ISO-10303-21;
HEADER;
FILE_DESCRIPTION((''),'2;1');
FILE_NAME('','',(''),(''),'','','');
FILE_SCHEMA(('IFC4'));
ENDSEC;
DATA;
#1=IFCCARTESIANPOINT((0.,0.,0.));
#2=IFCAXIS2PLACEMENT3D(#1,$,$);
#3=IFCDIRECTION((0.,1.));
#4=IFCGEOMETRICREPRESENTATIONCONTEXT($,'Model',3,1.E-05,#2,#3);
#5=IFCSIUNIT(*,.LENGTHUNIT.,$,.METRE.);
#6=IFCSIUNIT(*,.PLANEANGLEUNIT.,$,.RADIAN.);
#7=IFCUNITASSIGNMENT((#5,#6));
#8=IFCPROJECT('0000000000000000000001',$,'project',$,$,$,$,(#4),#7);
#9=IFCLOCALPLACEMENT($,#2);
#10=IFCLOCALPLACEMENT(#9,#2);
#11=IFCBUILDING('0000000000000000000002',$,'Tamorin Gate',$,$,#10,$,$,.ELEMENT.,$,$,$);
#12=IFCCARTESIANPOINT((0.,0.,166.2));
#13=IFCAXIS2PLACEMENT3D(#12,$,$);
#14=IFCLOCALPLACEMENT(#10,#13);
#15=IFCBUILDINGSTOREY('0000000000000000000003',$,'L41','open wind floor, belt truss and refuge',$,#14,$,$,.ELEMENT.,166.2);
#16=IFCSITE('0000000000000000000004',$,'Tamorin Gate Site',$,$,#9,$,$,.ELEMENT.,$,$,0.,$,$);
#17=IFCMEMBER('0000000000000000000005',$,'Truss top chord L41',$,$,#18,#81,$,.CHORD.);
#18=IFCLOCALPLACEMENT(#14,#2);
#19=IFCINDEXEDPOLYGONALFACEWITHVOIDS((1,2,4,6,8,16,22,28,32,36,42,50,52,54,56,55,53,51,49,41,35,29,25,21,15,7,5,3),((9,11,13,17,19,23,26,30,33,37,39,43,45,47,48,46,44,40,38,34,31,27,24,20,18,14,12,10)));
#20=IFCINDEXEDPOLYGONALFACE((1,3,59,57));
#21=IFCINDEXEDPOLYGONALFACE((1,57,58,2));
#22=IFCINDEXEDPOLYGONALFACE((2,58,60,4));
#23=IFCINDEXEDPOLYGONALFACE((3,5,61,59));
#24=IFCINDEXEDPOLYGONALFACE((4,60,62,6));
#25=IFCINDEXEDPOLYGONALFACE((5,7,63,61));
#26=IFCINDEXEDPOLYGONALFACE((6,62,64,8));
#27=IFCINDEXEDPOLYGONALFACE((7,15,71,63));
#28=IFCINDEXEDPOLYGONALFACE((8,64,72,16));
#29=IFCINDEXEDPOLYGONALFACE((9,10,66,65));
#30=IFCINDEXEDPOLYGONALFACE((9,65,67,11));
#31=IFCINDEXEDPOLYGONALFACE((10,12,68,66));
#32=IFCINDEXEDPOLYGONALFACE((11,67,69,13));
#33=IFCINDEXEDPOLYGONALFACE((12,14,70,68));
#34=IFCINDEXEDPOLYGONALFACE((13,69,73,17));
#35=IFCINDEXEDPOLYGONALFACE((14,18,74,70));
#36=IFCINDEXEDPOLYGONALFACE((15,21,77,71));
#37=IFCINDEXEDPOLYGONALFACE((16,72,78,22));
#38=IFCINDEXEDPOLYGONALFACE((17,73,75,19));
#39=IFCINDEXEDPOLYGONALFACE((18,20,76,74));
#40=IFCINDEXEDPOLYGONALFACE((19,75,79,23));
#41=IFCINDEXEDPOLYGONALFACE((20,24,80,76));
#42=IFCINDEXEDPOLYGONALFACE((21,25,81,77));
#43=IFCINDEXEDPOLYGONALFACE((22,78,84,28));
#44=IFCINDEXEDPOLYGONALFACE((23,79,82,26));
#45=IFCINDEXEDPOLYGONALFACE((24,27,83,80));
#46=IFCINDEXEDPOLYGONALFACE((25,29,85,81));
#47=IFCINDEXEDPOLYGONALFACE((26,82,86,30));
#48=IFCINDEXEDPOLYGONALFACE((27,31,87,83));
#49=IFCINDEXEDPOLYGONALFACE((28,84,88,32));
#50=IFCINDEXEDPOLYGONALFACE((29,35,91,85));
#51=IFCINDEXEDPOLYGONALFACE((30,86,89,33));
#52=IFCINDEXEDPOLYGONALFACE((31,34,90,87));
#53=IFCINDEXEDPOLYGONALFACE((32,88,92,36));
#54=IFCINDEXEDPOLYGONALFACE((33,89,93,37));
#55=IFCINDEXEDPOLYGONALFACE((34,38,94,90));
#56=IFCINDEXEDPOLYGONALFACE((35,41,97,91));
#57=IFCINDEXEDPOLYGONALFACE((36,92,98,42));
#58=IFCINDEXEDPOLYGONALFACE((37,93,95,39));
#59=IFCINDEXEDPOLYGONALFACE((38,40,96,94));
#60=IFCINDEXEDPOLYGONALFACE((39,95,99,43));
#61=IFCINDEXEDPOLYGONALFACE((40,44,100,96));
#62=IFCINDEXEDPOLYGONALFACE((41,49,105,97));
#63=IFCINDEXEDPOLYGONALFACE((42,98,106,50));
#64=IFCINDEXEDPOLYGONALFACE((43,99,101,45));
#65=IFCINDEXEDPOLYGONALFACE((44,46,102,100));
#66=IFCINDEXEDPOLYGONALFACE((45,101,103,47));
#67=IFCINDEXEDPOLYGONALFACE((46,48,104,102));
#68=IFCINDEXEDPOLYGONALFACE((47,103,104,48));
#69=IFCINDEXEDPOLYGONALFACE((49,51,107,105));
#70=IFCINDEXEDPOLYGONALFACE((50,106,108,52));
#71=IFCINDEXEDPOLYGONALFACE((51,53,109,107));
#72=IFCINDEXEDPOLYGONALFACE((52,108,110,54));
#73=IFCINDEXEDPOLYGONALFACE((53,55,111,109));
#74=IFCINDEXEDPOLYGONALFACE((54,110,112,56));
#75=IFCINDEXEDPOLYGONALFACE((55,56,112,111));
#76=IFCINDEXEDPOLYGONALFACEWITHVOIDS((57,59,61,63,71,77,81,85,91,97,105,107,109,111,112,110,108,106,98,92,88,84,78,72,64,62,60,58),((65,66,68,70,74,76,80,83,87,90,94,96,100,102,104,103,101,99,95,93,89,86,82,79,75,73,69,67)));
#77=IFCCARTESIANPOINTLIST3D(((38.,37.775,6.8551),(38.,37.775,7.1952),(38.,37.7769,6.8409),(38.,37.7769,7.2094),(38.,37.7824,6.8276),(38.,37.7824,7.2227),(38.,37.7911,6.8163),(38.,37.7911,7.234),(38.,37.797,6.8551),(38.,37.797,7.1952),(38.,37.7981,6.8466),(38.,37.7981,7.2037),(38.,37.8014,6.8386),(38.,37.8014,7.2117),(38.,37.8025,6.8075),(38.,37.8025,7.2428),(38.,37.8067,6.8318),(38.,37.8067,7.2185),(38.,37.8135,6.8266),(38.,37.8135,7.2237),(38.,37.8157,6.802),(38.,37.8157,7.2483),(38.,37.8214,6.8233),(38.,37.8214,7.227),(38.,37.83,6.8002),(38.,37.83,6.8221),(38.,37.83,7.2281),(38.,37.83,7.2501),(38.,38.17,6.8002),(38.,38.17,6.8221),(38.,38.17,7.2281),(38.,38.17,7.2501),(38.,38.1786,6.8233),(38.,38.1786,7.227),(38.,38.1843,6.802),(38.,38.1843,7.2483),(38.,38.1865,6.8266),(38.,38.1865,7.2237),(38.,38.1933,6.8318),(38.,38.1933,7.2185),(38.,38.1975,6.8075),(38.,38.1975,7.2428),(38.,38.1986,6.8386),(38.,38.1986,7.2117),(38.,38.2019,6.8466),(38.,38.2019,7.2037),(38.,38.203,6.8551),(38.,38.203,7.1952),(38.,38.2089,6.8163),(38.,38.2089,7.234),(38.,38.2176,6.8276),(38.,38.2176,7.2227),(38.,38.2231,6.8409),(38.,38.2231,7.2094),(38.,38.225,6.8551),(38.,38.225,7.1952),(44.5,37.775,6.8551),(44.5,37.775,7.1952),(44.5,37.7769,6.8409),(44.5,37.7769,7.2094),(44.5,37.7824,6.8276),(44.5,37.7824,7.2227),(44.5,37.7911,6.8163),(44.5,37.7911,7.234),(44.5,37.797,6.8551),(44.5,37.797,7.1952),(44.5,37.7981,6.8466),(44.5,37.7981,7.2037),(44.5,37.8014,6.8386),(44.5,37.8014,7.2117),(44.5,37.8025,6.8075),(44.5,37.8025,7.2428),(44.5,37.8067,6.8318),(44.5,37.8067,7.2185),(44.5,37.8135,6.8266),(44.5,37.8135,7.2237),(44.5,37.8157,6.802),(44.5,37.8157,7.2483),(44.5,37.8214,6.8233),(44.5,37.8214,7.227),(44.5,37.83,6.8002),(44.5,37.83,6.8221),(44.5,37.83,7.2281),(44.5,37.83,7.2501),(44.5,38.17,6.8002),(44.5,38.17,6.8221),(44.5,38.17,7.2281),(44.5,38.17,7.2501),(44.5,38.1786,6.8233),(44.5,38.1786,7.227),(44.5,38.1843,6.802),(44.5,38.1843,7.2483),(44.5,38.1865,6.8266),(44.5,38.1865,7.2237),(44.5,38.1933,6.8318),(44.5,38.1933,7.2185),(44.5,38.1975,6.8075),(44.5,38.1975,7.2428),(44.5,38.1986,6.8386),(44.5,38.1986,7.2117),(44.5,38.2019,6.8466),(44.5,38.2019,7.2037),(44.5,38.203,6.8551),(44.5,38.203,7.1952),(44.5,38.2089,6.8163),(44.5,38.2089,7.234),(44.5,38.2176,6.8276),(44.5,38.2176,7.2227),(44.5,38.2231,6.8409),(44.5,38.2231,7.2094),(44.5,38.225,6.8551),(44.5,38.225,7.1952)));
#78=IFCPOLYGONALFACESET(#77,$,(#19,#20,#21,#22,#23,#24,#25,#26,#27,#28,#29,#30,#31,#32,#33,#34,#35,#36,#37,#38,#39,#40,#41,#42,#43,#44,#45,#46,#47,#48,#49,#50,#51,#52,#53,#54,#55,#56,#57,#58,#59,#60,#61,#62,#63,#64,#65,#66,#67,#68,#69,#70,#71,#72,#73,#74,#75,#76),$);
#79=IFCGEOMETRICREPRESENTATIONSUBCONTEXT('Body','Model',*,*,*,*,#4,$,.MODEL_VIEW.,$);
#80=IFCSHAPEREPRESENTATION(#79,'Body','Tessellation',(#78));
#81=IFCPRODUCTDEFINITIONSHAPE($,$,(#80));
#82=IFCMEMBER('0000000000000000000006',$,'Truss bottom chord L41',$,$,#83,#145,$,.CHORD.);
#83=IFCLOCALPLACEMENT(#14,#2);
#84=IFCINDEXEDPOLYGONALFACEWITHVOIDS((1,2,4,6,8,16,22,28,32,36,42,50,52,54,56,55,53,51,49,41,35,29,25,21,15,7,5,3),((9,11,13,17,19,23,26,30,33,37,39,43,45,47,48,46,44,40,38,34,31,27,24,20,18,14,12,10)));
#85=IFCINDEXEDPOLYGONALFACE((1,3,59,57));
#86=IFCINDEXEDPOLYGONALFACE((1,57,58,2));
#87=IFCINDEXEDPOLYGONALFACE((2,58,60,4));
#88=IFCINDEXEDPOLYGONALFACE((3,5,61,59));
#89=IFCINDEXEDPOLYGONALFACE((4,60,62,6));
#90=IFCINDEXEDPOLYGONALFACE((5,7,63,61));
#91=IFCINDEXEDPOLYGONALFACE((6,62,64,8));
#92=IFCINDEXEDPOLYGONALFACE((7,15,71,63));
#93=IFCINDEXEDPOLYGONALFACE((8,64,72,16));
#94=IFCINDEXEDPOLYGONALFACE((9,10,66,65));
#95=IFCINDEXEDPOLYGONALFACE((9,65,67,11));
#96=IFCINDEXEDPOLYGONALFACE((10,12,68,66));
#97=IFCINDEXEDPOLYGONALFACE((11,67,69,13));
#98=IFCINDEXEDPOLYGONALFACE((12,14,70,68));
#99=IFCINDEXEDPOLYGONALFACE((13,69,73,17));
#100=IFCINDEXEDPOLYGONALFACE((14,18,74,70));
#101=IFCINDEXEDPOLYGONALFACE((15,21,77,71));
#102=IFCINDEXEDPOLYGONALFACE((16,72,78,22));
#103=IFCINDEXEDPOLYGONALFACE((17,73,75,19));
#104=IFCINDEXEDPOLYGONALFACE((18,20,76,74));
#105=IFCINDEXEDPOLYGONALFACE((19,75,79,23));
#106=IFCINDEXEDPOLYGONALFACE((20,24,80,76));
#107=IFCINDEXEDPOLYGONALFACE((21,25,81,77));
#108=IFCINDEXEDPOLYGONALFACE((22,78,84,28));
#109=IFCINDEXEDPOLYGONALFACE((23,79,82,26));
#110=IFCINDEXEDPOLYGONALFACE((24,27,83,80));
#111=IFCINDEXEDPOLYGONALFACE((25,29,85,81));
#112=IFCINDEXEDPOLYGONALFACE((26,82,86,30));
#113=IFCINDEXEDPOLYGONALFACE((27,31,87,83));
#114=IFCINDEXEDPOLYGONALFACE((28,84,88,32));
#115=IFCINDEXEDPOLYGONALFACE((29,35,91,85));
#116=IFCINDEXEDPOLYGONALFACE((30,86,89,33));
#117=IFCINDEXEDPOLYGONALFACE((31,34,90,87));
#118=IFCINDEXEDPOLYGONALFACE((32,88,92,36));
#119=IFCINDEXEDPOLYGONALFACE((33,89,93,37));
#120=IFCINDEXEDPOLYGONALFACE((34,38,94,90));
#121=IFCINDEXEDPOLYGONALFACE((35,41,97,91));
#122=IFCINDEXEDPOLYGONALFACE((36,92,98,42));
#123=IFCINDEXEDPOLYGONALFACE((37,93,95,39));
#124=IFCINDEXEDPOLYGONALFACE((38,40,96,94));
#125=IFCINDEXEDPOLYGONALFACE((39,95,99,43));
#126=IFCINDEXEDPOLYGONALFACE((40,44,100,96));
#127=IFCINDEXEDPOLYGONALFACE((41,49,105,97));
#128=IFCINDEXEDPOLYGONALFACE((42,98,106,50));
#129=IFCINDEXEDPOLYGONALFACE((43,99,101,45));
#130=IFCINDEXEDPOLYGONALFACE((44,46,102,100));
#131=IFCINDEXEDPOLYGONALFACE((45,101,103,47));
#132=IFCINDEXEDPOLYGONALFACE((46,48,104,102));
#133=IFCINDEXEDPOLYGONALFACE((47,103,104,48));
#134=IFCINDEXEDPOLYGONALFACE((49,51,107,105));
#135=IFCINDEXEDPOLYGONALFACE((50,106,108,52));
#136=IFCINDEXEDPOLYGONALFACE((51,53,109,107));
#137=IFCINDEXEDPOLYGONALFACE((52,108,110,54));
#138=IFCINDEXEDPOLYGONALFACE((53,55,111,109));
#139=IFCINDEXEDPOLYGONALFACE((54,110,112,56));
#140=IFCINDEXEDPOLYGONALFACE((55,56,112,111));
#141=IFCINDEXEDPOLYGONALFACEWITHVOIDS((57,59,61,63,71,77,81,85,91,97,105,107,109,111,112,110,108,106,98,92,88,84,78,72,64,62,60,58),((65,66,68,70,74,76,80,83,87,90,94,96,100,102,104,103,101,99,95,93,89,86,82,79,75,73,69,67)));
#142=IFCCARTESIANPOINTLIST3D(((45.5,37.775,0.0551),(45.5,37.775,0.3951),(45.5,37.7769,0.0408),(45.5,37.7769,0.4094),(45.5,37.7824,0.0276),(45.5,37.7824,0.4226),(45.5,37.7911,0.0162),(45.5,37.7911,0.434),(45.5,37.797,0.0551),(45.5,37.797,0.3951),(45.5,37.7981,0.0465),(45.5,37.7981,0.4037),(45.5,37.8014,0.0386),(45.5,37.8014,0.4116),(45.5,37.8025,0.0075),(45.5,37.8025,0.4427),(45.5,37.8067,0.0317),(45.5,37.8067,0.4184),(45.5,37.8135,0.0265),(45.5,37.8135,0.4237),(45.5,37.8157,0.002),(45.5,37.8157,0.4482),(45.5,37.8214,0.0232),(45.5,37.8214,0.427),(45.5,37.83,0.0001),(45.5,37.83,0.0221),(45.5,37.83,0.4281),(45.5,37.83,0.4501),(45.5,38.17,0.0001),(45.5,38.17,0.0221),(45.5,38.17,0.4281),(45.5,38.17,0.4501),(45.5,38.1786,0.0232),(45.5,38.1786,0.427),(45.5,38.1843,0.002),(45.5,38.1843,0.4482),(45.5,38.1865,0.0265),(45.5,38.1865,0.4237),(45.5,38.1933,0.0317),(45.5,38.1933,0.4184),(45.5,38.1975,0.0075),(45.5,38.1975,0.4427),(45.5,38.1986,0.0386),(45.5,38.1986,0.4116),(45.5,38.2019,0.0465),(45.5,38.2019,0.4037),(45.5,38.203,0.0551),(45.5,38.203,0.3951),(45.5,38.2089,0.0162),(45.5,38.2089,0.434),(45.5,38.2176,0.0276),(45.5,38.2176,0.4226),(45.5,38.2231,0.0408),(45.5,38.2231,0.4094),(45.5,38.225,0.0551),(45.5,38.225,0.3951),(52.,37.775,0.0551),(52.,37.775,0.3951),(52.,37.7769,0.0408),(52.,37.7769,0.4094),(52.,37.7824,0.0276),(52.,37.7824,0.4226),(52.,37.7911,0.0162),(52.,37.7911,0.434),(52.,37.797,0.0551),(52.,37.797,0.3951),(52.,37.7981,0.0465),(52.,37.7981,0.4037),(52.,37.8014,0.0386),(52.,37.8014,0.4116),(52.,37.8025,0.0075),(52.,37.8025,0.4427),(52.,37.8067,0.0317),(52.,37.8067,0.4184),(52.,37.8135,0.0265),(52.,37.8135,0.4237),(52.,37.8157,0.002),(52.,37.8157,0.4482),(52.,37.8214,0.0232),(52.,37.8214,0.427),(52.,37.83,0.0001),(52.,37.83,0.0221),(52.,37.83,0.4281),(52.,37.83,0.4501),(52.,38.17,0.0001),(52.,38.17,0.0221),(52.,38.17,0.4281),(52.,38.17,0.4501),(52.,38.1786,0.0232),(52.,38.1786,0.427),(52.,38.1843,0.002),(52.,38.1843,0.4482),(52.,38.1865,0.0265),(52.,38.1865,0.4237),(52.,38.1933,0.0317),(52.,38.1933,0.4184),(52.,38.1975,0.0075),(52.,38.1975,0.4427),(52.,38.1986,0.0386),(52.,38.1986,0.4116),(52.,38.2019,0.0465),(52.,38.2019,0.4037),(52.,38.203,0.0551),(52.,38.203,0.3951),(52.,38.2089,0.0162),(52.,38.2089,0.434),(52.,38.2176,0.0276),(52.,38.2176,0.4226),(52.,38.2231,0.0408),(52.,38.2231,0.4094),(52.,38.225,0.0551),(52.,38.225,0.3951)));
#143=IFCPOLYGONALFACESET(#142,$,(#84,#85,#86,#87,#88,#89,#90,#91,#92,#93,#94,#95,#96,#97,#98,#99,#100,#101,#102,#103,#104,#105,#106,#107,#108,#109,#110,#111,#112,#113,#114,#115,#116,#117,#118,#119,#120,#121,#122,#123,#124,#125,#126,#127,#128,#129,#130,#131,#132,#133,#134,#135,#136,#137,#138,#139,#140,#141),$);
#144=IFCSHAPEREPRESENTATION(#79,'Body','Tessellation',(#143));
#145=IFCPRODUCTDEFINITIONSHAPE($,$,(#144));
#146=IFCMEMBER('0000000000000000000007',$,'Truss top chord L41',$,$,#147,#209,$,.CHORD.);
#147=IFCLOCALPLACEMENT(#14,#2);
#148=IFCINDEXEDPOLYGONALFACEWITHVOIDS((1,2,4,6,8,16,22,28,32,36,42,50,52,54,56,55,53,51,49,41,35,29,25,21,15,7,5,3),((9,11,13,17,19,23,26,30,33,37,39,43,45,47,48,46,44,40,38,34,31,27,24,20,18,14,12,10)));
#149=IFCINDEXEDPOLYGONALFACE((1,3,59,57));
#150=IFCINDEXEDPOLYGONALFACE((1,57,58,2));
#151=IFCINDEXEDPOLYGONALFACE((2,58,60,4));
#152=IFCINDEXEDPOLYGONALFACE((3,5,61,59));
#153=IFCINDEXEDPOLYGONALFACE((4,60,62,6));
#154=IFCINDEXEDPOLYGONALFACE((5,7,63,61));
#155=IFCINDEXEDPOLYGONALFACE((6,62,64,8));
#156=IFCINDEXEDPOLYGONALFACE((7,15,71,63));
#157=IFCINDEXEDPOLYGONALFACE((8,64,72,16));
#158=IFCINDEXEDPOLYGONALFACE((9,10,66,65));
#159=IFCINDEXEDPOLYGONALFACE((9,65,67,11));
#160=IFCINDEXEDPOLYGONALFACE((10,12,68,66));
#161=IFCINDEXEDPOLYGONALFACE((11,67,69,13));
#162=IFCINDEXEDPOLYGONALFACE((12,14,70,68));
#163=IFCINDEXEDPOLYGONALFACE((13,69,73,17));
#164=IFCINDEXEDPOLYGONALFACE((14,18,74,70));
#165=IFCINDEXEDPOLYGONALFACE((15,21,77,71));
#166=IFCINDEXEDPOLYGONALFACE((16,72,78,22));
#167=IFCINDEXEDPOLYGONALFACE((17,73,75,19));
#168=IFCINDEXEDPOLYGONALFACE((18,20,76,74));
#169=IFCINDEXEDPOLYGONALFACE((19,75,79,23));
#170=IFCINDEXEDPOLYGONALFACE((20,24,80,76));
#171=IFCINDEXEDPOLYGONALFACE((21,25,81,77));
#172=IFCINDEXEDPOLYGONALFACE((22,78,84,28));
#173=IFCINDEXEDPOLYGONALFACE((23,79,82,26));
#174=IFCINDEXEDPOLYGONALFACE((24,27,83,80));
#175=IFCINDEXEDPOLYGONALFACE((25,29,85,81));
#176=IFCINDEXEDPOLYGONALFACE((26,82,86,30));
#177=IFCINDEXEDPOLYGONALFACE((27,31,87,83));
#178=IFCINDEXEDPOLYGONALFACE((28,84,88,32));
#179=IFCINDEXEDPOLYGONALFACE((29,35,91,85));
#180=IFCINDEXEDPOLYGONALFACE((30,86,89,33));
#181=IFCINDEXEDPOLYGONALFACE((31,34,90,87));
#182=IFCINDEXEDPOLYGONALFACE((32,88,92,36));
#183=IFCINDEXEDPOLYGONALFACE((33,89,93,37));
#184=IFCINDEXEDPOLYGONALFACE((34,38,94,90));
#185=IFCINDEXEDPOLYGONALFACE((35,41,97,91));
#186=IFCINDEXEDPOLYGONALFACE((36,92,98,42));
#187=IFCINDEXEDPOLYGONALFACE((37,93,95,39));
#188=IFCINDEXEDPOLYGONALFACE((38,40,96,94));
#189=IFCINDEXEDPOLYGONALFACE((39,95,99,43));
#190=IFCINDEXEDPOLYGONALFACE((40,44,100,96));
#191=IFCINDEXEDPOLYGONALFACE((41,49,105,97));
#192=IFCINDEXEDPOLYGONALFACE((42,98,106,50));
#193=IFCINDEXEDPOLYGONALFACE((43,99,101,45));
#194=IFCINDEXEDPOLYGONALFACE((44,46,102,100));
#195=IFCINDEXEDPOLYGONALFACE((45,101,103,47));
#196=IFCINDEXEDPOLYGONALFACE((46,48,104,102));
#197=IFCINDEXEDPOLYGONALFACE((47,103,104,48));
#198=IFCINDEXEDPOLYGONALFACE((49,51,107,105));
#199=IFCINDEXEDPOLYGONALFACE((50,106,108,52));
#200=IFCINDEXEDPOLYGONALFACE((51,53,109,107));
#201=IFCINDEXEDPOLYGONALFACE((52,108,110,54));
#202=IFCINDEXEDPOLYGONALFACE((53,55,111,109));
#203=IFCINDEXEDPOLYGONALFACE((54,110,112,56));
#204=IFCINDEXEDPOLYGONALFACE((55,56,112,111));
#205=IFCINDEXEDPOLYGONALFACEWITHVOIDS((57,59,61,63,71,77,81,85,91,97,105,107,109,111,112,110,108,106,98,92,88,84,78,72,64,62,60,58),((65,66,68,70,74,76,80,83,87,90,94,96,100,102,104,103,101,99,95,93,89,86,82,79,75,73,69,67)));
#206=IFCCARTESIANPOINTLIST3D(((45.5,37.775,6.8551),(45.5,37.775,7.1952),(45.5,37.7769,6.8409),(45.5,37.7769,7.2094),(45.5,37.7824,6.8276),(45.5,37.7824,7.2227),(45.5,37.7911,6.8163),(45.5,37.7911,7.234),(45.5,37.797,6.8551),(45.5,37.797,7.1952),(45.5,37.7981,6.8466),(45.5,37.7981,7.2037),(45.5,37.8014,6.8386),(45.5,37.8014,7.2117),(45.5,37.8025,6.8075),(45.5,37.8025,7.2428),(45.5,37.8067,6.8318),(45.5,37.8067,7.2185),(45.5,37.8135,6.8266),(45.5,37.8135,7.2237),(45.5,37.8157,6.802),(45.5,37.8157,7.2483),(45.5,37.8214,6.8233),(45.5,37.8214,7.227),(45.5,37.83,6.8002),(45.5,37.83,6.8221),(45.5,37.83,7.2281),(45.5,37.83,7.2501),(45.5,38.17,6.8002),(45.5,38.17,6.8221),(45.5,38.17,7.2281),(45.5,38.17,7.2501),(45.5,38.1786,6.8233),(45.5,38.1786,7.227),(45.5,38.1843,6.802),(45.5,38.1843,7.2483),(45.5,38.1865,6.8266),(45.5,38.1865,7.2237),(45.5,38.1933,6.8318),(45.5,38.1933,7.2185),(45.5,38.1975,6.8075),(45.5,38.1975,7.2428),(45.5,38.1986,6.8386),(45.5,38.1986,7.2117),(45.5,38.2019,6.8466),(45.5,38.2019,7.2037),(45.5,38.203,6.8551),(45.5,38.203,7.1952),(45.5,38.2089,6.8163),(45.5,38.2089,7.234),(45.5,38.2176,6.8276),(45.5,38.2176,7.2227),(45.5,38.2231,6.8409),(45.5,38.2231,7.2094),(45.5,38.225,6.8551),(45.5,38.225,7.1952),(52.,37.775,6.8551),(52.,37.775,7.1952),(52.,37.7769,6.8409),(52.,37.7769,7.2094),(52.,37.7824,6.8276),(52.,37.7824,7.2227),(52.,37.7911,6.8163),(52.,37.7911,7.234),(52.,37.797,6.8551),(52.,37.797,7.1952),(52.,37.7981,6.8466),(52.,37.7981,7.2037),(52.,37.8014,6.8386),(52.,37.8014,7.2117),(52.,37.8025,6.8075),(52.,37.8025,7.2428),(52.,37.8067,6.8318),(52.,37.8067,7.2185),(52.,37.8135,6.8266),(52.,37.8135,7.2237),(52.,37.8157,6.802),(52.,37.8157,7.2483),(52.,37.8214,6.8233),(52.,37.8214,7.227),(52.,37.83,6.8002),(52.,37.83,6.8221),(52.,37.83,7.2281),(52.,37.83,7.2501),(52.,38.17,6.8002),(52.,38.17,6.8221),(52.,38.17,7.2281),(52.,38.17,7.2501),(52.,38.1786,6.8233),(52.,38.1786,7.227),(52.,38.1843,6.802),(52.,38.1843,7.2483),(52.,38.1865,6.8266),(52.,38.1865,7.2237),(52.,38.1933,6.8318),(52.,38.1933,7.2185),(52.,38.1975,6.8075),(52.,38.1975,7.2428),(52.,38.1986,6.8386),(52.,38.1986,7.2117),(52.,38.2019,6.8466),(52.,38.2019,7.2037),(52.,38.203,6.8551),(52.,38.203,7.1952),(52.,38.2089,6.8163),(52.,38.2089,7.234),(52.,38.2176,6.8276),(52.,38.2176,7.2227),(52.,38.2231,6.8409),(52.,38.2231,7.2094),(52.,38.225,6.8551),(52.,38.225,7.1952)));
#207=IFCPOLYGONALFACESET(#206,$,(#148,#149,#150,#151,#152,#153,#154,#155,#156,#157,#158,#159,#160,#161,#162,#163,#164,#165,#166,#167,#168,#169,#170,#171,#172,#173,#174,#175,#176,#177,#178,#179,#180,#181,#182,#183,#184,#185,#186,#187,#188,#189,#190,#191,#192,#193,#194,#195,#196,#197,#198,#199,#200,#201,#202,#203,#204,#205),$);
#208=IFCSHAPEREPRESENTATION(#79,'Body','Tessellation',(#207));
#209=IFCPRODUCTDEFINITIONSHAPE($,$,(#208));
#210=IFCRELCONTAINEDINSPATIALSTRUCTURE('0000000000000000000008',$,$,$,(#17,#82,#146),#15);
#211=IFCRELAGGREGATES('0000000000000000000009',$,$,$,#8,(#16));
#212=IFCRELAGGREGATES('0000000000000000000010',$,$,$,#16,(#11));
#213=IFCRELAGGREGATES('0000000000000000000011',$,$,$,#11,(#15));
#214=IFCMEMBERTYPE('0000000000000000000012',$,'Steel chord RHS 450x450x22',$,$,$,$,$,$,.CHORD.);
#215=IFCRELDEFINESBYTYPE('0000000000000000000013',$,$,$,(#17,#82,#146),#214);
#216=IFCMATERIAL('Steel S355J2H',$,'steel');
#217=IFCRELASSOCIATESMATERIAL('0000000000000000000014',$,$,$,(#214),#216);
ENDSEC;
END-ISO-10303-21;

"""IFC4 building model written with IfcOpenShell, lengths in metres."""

from ifc_helpers import new_model, si_unit, direction, frame, origin, origin_2d, place, context, subcontext, project, spatial, hollow_rectangle, extrude, material, material_profile, profile_set, type_object, element, save


model = new_model("IFC4")

# Units and contexts
model_context = context("Model", 3, precision=1e-05, world=origin(), true_north=direction((0.0, 1.0)))
body_context = subcontext(model_context, "Body", "Model", "MODEL_VIEW")
ifc_project = project(units=[si_unit("LENGTHUNIT", "METRE"), si_unit("PLANEANGLEUNIT", "RADIAN")], contexts=[model_context])

# Site, building, storey
site_placement = place(None, origin())
site = spatial("IfcSite", under=ifc_project, at=site_placement, Name="Tamorin Gate Site", CompositionType="ELEMENT", RefElevation=0.0)
building_placement = place(site_placement, origin())
building = spatial("IfcBuilding", under=site, at=building_placement, Name="Tamorin Gate", CompositionType="ELEMENT")
storey_placement = place(building_placement, frame((0.0, 0.0, 166.2)))
storey = spatial("IfcBuildingStorey", under=building, at=storey_placement, Name="L41", Description="open wind floor, belt truss and refuge", CompositionType="ELEMENT", Elevation=166.2)

# Members
ifc_material_1 = material(Name="Steel S355J2H", Category="steel")
ifc_material_profile_1 = material_profile(ifc_material_1, hollow_rectangle(XDim=0.45, YDim=0.45, WallThickness=0.022, InnerFilletRadius=0.033, OuterFilletRadius=0.0549, at=origin_2d()), Name="RHS 450x450x22")
ifc_profile_set_1 = profile_set([ifc_material_profile_1], Name="Steel S355J2H")
member_type_1 = type_object("IfcMemberType", Name="Steel chord RHS 450x450x22", PredefinedType="CHORD", material=ifc_profile_set_1)
for number, where, z_axis, x_axis, name in (
    (1, (38.0, 38.0, 7.0251), (1.0, 0.0, 0.0), (0.0, 1.0, 0.0), "Truss top chord L41"),
    (2, (45.5, 38.0, 0.2251), (1.0, 0.0, 0.0), (0.0, 1.0, 0.0), "Truss bottom chord L41"),
    (3, (45.5, 38.0, 7.0251), (1.0, 0.0, 0.0), (0.0, 1.0, 0.0), "Truss top chord L41"),
):
    element("IfcMember", number, at=place(storey_placement, frame(where, z_axis=z_axis, x_axis=x_axis)), inside=storey, type_object=member_type_1, Name=name, PredefinedType="CHORD", context=body_context, shape_type="SweptSolid", body=[
        extrude(hollow_rectangle(XDim=0.45, YDim=0.45, WallThickness=0.022, InnerFilletRadius=0.033, OuterFilletRadius=0.0549, at=origin_2d()), origin(), (0.0, 0.0, 1.0), 6.5),
    ])

save(model, "model.ifc")
